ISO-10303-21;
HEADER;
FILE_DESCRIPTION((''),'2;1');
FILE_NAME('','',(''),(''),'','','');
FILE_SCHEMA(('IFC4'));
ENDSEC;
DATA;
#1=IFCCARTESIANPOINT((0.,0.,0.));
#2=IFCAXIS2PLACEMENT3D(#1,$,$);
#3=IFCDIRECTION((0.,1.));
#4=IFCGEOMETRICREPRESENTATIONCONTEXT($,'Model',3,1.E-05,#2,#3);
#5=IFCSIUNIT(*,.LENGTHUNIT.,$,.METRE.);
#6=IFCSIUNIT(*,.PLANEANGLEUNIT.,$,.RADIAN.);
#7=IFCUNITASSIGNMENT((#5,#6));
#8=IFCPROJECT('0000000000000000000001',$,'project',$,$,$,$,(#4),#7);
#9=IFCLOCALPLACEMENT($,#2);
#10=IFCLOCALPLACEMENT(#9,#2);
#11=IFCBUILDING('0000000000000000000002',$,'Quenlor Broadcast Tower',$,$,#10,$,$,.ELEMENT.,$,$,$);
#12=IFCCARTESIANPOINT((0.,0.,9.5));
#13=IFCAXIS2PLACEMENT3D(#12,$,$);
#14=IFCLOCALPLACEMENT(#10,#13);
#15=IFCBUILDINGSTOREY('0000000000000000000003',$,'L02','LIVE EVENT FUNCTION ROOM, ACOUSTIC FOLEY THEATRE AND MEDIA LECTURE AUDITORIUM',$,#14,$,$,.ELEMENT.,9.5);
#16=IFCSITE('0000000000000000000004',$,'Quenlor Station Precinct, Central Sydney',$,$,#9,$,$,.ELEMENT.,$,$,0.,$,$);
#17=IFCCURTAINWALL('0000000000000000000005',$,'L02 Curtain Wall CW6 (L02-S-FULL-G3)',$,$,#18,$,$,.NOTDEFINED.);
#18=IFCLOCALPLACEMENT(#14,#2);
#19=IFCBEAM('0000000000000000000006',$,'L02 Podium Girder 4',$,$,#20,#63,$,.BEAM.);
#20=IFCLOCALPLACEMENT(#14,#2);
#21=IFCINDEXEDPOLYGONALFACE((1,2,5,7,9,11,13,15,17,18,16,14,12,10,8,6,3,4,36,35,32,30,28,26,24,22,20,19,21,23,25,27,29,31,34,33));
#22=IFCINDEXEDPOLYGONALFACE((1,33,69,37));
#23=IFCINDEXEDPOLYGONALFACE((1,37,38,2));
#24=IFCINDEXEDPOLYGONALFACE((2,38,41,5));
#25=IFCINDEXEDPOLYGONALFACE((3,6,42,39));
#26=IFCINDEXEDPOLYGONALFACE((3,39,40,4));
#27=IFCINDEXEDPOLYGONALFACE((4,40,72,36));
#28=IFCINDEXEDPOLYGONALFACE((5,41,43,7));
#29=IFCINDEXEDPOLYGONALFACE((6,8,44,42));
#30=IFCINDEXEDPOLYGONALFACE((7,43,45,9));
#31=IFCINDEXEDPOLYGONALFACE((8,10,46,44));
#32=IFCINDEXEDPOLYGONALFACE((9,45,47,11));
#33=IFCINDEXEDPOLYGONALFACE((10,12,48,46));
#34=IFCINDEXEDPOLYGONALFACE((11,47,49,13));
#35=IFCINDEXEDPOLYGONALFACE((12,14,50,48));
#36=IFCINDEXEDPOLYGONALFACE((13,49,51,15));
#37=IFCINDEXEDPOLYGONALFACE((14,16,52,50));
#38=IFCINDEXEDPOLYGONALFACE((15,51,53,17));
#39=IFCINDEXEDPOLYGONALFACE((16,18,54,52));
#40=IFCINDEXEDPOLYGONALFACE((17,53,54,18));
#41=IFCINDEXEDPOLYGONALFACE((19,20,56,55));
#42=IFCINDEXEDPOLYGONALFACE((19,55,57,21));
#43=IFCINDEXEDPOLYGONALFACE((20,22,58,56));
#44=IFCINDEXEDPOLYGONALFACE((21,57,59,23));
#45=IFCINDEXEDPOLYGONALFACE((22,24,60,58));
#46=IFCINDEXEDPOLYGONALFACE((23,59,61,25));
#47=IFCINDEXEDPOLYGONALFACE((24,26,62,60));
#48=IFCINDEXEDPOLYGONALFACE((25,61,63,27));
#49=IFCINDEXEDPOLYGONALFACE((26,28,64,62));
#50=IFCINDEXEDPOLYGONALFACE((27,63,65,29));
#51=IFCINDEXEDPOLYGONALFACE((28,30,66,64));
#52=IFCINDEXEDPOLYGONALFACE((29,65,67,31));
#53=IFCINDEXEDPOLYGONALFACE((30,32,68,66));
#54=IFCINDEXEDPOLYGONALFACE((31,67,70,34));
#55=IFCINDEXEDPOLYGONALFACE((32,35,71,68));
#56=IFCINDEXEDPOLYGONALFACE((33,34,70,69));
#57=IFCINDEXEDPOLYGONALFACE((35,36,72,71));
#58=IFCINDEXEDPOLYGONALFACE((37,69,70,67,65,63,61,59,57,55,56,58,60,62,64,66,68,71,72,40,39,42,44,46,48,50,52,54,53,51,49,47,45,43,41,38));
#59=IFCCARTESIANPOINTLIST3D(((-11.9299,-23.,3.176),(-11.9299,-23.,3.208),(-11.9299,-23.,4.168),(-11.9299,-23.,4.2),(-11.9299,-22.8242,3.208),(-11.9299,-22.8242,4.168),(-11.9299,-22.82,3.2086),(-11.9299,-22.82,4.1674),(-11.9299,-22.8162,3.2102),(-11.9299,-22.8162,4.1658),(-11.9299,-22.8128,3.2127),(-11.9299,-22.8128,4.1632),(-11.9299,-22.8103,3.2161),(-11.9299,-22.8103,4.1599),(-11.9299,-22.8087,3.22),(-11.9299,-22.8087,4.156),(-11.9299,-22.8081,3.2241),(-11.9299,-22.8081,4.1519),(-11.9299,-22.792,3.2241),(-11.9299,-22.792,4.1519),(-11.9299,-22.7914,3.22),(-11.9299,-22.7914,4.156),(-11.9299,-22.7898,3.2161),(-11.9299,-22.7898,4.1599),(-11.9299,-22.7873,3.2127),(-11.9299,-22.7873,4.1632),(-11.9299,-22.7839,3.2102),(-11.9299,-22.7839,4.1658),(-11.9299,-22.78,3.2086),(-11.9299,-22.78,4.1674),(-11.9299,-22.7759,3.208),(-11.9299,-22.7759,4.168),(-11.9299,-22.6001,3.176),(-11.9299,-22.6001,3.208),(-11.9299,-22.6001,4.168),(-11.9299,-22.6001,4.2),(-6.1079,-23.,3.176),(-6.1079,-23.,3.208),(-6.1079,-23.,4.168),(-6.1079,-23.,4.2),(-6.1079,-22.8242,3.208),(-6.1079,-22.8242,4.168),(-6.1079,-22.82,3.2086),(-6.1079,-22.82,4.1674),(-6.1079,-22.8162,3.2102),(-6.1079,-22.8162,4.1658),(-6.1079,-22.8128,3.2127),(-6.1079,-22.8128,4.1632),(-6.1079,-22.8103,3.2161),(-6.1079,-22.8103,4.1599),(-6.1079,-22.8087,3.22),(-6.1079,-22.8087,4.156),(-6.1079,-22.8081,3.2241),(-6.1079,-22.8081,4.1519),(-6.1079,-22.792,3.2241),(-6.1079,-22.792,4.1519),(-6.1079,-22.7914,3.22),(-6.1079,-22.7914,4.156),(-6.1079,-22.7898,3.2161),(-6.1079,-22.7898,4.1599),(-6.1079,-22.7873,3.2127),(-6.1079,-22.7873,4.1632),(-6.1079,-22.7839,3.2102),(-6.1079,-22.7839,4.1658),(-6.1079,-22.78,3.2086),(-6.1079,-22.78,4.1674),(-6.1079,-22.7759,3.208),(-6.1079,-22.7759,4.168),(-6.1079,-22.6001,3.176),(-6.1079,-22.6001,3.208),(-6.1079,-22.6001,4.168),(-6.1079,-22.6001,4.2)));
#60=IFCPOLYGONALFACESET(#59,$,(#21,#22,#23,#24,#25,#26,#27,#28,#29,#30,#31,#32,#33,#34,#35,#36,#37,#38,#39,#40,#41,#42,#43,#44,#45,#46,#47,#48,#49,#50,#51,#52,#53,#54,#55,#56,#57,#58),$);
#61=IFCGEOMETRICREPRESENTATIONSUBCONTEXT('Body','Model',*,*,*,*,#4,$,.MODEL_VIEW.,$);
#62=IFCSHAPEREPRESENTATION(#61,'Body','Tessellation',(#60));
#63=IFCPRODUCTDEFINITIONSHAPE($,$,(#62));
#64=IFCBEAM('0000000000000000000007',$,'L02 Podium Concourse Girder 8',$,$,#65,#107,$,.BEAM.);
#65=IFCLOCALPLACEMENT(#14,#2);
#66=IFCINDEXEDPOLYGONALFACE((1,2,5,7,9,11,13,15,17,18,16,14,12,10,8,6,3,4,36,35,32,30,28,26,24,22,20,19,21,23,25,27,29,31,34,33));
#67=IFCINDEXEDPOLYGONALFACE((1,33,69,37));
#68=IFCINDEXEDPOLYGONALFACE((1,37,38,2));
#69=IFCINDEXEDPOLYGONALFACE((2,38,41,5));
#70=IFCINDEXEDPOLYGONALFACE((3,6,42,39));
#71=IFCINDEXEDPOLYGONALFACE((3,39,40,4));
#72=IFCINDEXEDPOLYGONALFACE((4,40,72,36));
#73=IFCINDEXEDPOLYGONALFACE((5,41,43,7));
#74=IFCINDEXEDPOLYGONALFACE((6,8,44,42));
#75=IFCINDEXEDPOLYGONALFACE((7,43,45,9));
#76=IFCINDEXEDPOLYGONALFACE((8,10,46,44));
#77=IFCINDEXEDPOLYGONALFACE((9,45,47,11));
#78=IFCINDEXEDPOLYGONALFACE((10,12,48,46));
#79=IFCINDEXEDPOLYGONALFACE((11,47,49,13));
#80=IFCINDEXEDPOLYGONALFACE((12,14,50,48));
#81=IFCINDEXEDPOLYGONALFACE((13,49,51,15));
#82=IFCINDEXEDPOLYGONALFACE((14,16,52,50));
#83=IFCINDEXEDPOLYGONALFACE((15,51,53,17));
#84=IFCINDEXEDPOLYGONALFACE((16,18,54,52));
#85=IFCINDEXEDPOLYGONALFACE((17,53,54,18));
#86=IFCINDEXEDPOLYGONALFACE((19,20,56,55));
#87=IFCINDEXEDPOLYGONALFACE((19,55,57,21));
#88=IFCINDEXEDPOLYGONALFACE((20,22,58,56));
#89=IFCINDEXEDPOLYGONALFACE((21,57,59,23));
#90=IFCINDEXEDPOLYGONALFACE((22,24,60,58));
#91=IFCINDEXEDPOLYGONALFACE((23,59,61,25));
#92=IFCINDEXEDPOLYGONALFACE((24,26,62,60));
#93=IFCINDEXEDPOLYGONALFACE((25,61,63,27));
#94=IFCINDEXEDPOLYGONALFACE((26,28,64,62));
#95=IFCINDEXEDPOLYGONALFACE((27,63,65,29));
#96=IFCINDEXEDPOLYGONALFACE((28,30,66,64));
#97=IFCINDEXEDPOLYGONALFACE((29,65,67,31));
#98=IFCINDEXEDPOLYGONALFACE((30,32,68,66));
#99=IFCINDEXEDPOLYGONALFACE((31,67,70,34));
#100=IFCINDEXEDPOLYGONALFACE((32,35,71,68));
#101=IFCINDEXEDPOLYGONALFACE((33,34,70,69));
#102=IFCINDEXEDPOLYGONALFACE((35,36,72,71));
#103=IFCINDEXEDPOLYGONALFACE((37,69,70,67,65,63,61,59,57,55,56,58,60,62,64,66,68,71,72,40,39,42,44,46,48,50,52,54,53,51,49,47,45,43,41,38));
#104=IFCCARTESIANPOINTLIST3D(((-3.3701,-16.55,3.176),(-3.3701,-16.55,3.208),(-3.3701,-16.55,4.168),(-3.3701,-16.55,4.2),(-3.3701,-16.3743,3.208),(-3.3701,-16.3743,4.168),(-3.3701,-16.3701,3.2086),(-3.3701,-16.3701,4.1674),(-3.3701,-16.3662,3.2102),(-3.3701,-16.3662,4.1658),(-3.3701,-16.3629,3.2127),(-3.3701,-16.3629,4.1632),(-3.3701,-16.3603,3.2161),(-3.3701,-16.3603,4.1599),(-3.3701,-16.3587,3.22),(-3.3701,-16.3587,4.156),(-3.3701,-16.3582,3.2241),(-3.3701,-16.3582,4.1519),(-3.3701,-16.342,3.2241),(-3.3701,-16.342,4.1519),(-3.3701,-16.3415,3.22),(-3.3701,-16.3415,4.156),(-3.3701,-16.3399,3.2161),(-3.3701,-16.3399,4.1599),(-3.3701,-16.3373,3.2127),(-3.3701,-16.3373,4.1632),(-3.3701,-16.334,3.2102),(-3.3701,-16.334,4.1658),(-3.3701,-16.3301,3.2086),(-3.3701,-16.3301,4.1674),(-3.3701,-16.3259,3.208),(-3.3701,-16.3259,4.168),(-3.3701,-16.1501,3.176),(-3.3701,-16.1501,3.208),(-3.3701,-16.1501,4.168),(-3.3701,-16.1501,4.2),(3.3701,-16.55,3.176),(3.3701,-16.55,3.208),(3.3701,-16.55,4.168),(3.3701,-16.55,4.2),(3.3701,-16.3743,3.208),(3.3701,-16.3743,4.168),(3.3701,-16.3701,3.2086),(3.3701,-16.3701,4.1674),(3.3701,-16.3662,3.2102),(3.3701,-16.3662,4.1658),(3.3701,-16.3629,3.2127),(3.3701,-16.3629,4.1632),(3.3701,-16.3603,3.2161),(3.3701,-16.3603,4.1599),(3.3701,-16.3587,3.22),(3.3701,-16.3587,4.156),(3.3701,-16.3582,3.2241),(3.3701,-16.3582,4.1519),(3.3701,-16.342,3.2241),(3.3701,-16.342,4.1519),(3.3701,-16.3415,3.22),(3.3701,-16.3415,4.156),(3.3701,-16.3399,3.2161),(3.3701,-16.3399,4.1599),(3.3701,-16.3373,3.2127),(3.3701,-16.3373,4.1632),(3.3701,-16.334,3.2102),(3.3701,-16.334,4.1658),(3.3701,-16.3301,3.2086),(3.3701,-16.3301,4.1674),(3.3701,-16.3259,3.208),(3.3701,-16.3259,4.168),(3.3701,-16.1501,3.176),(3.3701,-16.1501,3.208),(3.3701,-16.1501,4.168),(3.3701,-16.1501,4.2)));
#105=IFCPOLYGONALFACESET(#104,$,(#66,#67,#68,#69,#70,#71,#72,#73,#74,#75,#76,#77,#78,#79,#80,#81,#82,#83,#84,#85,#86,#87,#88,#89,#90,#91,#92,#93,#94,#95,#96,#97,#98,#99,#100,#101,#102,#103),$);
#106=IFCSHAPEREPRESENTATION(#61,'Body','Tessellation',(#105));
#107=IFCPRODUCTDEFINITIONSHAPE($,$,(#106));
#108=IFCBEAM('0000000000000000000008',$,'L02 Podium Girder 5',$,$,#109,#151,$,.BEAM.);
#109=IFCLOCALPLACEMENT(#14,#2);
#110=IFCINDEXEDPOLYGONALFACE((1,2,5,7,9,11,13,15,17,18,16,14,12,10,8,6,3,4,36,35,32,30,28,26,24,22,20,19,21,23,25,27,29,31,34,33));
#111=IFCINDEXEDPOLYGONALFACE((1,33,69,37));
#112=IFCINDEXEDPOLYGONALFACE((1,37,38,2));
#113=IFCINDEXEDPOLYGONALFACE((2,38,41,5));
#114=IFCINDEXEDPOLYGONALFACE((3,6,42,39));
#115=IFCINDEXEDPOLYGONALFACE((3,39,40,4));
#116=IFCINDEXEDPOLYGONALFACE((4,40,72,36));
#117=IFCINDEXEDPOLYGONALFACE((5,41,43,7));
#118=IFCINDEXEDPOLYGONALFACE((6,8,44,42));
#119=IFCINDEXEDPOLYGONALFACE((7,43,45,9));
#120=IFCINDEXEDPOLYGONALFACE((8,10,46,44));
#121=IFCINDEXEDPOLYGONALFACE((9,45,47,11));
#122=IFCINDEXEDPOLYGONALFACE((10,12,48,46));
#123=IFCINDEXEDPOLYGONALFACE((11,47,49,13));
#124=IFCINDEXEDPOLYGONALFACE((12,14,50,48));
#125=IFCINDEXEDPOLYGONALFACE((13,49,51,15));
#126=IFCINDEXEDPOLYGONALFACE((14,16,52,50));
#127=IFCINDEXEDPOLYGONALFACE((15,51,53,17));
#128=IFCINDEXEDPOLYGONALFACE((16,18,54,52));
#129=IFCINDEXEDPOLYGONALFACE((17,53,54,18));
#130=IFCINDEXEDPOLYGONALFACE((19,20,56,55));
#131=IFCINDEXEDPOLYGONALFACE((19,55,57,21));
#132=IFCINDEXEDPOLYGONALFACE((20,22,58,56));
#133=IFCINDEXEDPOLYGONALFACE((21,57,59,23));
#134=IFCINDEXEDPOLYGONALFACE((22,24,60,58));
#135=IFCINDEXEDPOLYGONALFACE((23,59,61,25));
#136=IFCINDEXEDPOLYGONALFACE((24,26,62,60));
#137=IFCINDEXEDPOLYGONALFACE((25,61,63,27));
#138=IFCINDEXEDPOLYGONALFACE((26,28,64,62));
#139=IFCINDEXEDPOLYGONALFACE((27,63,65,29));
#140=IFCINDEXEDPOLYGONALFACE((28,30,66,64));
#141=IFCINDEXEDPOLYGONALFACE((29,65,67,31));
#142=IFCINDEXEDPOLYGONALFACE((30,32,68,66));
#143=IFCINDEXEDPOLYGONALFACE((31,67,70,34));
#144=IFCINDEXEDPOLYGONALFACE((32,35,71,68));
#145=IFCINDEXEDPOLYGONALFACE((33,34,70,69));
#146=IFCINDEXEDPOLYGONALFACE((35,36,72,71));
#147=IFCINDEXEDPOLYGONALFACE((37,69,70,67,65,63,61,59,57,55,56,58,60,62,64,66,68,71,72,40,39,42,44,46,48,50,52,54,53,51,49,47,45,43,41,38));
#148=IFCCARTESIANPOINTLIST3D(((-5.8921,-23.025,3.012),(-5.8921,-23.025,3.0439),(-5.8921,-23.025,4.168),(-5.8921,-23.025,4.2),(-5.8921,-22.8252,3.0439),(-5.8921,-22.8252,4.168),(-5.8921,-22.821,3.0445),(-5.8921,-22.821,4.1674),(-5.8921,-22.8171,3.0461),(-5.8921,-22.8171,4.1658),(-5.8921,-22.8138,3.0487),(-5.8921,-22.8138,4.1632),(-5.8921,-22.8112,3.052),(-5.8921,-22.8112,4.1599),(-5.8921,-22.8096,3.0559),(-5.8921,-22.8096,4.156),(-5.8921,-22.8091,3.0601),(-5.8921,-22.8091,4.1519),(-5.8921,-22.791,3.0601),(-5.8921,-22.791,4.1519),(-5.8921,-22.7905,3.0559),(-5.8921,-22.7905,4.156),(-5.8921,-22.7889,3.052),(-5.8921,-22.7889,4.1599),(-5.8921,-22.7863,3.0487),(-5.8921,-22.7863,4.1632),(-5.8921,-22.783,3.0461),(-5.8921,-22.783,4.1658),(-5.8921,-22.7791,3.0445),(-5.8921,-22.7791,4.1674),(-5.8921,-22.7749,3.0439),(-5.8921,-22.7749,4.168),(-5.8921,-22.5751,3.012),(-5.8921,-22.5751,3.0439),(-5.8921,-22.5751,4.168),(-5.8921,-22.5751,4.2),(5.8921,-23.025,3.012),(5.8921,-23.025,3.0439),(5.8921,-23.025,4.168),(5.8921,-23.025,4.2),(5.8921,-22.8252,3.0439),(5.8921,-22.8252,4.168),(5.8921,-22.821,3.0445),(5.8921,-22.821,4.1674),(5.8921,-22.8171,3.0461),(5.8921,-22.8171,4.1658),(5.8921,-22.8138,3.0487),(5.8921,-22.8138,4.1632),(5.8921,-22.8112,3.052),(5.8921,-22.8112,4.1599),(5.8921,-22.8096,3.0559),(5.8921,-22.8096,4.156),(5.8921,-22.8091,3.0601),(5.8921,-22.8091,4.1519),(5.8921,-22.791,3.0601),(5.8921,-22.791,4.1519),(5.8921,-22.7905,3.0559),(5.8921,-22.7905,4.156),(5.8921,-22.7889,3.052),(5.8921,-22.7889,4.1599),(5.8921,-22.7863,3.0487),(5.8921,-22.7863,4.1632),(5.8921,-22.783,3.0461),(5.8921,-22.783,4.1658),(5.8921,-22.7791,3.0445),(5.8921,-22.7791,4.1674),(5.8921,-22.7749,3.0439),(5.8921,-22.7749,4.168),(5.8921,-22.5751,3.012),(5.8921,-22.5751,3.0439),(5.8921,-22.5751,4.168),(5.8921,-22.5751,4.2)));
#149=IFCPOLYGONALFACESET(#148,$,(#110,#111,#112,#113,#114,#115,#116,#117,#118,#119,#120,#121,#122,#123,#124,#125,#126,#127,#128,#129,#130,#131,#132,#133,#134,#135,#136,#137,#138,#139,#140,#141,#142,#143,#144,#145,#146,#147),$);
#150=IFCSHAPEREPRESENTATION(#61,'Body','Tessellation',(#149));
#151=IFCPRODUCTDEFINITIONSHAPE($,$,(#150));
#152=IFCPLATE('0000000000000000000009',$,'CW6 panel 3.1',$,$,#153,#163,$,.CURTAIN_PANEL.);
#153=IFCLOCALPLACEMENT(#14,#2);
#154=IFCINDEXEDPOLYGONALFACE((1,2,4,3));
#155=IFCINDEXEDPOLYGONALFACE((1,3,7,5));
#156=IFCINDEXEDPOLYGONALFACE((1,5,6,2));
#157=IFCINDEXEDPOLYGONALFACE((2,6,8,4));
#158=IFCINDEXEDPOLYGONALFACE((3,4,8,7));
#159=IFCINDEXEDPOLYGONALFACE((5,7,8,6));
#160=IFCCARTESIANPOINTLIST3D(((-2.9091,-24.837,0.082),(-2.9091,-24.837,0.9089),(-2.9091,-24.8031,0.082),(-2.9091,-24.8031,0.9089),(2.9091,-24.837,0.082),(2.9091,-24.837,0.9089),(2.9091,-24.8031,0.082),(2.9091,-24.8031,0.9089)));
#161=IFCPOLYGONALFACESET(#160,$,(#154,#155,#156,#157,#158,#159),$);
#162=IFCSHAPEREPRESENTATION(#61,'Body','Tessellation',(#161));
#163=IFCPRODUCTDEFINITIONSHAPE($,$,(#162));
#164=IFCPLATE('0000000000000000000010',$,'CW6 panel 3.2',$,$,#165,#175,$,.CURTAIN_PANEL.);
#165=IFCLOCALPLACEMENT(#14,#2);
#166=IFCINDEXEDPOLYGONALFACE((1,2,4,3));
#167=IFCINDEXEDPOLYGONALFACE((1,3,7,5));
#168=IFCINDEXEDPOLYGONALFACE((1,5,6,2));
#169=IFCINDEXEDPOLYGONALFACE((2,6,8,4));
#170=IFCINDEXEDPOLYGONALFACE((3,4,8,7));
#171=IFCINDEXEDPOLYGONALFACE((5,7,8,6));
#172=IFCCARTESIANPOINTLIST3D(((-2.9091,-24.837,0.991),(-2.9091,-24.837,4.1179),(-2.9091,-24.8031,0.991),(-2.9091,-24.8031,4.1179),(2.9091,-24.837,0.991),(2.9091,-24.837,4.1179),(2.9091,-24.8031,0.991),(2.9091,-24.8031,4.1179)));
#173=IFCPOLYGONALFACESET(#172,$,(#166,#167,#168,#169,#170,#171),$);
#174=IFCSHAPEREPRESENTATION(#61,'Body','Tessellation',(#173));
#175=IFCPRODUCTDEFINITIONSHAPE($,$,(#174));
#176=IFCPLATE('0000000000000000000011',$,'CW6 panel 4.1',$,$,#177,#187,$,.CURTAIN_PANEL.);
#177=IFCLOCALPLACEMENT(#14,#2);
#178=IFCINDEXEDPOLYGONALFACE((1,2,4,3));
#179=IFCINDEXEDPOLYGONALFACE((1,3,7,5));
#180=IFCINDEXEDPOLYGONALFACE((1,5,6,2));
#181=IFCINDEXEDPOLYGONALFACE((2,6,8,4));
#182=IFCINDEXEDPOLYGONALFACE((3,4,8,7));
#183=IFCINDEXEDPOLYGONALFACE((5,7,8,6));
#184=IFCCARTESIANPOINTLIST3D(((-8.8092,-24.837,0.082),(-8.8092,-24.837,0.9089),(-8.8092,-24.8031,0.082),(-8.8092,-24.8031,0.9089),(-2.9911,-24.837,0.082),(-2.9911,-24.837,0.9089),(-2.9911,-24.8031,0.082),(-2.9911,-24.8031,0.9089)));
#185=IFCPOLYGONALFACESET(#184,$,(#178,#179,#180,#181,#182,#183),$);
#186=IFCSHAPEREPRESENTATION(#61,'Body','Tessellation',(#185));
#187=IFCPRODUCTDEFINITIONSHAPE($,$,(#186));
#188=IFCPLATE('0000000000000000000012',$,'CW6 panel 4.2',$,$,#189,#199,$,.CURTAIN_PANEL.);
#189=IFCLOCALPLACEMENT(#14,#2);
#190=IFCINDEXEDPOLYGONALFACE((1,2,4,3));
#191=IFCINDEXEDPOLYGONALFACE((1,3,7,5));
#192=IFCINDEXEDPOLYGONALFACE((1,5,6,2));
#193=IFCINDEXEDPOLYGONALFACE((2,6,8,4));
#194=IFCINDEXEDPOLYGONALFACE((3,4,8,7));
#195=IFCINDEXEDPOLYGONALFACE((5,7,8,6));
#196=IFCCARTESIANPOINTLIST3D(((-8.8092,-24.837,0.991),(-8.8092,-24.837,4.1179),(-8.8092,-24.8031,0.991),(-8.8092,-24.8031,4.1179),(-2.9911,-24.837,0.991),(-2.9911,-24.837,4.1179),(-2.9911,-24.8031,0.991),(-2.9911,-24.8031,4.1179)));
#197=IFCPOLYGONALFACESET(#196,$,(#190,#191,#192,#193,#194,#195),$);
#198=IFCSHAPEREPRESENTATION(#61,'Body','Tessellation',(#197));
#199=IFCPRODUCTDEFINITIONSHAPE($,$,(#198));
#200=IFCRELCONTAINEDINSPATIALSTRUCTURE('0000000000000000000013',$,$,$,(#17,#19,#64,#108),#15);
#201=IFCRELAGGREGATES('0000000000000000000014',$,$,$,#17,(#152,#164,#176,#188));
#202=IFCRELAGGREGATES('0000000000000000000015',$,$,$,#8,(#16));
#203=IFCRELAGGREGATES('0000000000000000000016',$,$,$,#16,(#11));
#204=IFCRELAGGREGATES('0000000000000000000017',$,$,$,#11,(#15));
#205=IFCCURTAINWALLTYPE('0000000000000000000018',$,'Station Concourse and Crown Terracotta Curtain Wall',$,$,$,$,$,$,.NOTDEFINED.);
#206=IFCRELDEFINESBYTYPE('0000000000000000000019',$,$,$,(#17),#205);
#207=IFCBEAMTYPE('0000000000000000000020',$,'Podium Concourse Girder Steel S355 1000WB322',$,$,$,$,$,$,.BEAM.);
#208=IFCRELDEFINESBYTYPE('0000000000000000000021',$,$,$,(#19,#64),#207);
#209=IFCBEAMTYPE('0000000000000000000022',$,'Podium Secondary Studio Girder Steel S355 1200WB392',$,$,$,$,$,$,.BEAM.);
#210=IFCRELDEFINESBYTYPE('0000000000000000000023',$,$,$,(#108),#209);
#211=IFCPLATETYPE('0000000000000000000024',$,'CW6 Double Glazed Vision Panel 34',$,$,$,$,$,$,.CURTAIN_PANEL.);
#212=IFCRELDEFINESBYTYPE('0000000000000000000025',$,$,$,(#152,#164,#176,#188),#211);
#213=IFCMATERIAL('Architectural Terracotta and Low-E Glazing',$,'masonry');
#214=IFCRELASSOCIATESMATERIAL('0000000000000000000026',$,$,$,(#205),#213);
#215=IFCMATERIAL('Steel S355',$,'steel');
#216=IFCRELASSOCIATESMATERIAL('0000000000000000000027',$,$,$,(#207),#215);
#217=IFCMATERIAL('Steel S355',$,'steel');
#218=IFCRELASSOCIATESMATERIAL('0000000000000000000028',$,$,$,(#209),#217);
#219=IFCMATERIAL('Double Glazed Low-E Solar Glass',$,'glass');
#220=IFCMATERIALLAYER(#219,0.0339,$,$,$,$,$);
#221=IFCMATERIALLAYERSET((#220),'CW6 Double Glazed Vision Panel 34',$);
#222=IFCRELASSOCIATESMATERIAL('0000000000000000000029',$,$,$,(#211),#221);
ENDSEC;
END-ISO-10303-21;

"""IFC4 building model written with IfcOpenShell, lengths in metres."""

from ifc_helpers import new_model, si_unit, direction, frame, origin, origin_2d, place, context, subcontext, project, spatial, rectangle, i_section, extrude, material, layer, layer_set, material_profile, profile_set, type_object, element, aggregate, save


model = new_model("IFC4")

# Units and contexts
model_context = context("Model", 3, precision=1e-05, world=origin(), true_north=direction((0.0, 1.0)))
body_context = subcontext(model_context, "Body", "Model", "MODEL_VIEW")
ifc_project = project(units=[si_unit("LENGTHUNIT", "METRE"), si_unit("PLANEANGLEUNIT", "RADIAN")], contexts=[model_context])

# Site, building, storey
site_placement = place(None, origin())
site = spatial("IfcSite", under=ifc_project, at=site_placement, Name="Quenlor Station Precinct, Central Sydney", CompositionType="ELEMENT", RefElevation=0.0)
building_placement = place(site_placement, origin())
building = spatial("IfcBuilding", under=site, at=building_placement, Name="Quenlor Broadcast Tower", CompositionType="ELEMENT")
storey_placement = place(building_placement, frame((0.0, 0.0, 9.5)))
storey = spatial("IfcBuildingStorey", under=building, at=storey_placement, Name="L02", Description="LIVE EVENT FUNCTION ROOM, ACOUSTIC FOLEY THEATRE AND MEDIA LECTURE AUDITORIUM", CompositionType="ELEMENT", Elevation=9.5)

# Curtain wall
ifc_material_1 = material(Name="Architectural Terracotta and Low-E Glazing", Category="masonry")
curtain_wall_type = type_object("IfcCurtainWallType", Name="Station Concourse and Crown Terracotta Curtain Wall", PredefinedType="NOTDEFINED", material=ifc_material_1)
curtain_wall_placement = place(storey_placement, origin())
curtain_wall = element("IfcCurtainWall", 1, at=curtain_wall_placement, inside=storey, type_object=curtain_wall_type, Name="L02 Curtain Wall CW6 (L02-S-FULL-G3)", PredefinedType="NOTDEFINED")

# Beams
ifc_material_2 = material(Name="Steel S355", Category="steel")
ifc_material_profile_1 = material_profile(ifc_material_2, i_section(OverallWidth=0.3999, OverallDepth=1.0239, WebThickness=0.0161, FlangeThickness=0.032, FilletRadius=0.0161, at=origin_2d()))
ifc_profile_set_1 = profile_set([ifc_material_profile_1], Name="Steel S355 1000WB322")
beam_type_1 = type_object("IfcBeamType", Name="Podium Concourse Girder Steel S355 1000WB322", PredefinedType="BEAM", material=ifc_profile_set_1)
beam_1_placement = place(storey_placement, frame((-11.9299, -22.8, 3.688), z_axis=(1.0, 0.0, 0.0), x_axis=(0.0, 1.0, 0.0)))
element("IfcBeam", 2, at=beam_1_placement, inside=storey, type_object=beam_type_1, Name="L02 Podium Girder 4", PredefinedType="BEAM", context=body_context, shape_type="SweptSolid", body=[
    extrude(i_section(OverallWidth=0.3999, OverallDepth=1.0239, WebThickness=0.0161, FlangeThickness=0.032, FilletRadius=0.0161, at=origin_2d()), origin(), (0.0, 0.0, 1.0), 5.822),
])
beam_2_placement = place(storey_placement, frame((-3.3701, -16.3501, 3.688), z_axis=(1.0, 0.0, 0.0), x_axis=(0.0, 1.0, 0.0)))
element("IfcBeam", 3, at=beam_2_placement, inside=storey, type_object=beam_type_1, Name="L02 Podium Concourse Girder 8", PredefinedType="BEAM", context=body_context, shape_type="SweptSolid", body=[
    extrude(i_section(OverallWidth=0.3999, OverallDepth=1.0239, WebThickness=0.0161, FlangeThickness=0.032, FilletRadius=0.0161, at=origin_2d()), origin(), (0.0, 0.0, 1.0), 6.7402),
])
ifc_material_3 = material(Name="Steel S355", Category="steel")
ifc_material_profile_2 = material_profile(ifc_material_3, i_section(OverallWidth=0.45, OverallDepth=1.188, WebThickness=0.0181, FlangeThickness=0.032, FilletRadius=0.0161, at=origin_2d()))
ifc_profile_set_2 = profile_set([ifc_material_profile_2], Name="Steel S355 1200WB392")
beam_type_2 = type_object("IfcBeamType", Name="Podium Secondary Studio Girder Steel S355 1200WB392", PredefinedType="BEAM", material=ifc_profile_set_2)
beam_3_placement = place(storey_placement, frame((-5.8921, -22.8, 3.606), z_axis=(1.0, 0.0, 0.0), x_axis=(0.0, 1.0, 0.0)))
element("IfcBeam", 4, at=beam_3_placement, inside=storey, type_object=beam_type_2, Name="L02 Podium Girder 5", PredefinedType="BEAM", context=body_context, shape_type="SweptSolid", body=[
    extrude(i_section(OverallWidth=0.45, OverallDepth=1.188, WebThickness=0.0181, FlangeThickness=0.032, FilletRadius=0.0161, at=origin_2d()), origin(), (0.0, 0.0, 1.0), 11.7842),
])

# Plates
ifc_material_4 = material(Name="Double Glazed Low-E Solar Glass", Category="glass")
ifc_layer_1 = layer(ifc_material_4, 0.0339)
ifc_layer_set_1 = layer_set([ifc_layer_1], Name="CW6 Double Glazed Vision Panel 34")
plate_type = type_object("IfcPlateType", Name="CW6 Double Glazed Vision Panel 34", PredefinedType="CURTAIN_PANEL", material=ifc_layer_set_1)
plate_1_placement = place(storey_placement, frame((0.0, -24.8201, 0.082), z_axis=(0.0, 0.0, 1.0), x_axis=(-1.0, 0.0, 0.0)))
plate_1 = element("IfcPlate", 5, at=plate_1_placement, type_object=plate_type, Name="CW6 panel 3.1", PredefinedType="CURTAIN_PANEL", context=body_context, shape_type="SweptSolid", body=[
    extrude(rectangle(XDim=5.8181, YDim=0.0339, at=origin_2d()), origin(), (0.0, 0.0, 1.0), 0.8269),
])
plate_2_placement = place(storey_placement, frame((0.0, -24.8201, 0.991), z_axis=(0.0, 0.0, 1.0), x_axis=(-1.0, 0.0, 0.0)))
plate_2 = element("IfcPlate", 6, at=plate_2_placement, type_object=plate_type, Name="CW6 panel 3.2", PredefinedType="CURTAIN_PANEL", context=body_context, shape_type="SweptSolid", body=[
    extrude(rectangle(XDim=5.8181, YDim=0.0339, at=origin_2d()), origin(), (0.0, 0.0, 1.0), 3.127),
])
plate_3_placement = place(storey_placement, frame((-5.9001, -24.8201, 0.082), z_axis=(0.0, 0.0, 1.0), x_axis=(-1.0, 0.0, 0.0)))
plate_3 = element("IfcPlate", 7, at=plate_3_placement, type_object=plate_type, Name="CW6 panel 4.1", PredefinedType="CURTAIN_PANEL", context=body_context, shape_type="SweptSolid", body=[
    extrude(rectangle(XDim=5.8181, YDim=0.0339, at=origin_2d()), origin(), (0.0, 0.0, 1.0), 0.8269),
])
plate_4_placement = place(storey_placement, frame((-5.9001, -24.8201, 0.991), z_axis=(0.0, 0.0, 1.0), x_axis=(-1.0, 0.0, 0.0)))
plate_4 = element("IfcPlate", 8, at=plate_4_placement, type_object=plate_type, Name="CW6 panel 4.2", PredefinedType="CURTAIN_PANEL", context=body_context, shape_type="SweptSolid", body=[
    extrude(rectangle(XDim=5.8181, YDim=0.0339, at=origin_2d()), origin(), (0.0, 0.0, 1.0), 3.127),
])
aggregate(curtain_wall, [plate_1, plate_2, plate_3, plate_4])

save(model, "model.ifc")
